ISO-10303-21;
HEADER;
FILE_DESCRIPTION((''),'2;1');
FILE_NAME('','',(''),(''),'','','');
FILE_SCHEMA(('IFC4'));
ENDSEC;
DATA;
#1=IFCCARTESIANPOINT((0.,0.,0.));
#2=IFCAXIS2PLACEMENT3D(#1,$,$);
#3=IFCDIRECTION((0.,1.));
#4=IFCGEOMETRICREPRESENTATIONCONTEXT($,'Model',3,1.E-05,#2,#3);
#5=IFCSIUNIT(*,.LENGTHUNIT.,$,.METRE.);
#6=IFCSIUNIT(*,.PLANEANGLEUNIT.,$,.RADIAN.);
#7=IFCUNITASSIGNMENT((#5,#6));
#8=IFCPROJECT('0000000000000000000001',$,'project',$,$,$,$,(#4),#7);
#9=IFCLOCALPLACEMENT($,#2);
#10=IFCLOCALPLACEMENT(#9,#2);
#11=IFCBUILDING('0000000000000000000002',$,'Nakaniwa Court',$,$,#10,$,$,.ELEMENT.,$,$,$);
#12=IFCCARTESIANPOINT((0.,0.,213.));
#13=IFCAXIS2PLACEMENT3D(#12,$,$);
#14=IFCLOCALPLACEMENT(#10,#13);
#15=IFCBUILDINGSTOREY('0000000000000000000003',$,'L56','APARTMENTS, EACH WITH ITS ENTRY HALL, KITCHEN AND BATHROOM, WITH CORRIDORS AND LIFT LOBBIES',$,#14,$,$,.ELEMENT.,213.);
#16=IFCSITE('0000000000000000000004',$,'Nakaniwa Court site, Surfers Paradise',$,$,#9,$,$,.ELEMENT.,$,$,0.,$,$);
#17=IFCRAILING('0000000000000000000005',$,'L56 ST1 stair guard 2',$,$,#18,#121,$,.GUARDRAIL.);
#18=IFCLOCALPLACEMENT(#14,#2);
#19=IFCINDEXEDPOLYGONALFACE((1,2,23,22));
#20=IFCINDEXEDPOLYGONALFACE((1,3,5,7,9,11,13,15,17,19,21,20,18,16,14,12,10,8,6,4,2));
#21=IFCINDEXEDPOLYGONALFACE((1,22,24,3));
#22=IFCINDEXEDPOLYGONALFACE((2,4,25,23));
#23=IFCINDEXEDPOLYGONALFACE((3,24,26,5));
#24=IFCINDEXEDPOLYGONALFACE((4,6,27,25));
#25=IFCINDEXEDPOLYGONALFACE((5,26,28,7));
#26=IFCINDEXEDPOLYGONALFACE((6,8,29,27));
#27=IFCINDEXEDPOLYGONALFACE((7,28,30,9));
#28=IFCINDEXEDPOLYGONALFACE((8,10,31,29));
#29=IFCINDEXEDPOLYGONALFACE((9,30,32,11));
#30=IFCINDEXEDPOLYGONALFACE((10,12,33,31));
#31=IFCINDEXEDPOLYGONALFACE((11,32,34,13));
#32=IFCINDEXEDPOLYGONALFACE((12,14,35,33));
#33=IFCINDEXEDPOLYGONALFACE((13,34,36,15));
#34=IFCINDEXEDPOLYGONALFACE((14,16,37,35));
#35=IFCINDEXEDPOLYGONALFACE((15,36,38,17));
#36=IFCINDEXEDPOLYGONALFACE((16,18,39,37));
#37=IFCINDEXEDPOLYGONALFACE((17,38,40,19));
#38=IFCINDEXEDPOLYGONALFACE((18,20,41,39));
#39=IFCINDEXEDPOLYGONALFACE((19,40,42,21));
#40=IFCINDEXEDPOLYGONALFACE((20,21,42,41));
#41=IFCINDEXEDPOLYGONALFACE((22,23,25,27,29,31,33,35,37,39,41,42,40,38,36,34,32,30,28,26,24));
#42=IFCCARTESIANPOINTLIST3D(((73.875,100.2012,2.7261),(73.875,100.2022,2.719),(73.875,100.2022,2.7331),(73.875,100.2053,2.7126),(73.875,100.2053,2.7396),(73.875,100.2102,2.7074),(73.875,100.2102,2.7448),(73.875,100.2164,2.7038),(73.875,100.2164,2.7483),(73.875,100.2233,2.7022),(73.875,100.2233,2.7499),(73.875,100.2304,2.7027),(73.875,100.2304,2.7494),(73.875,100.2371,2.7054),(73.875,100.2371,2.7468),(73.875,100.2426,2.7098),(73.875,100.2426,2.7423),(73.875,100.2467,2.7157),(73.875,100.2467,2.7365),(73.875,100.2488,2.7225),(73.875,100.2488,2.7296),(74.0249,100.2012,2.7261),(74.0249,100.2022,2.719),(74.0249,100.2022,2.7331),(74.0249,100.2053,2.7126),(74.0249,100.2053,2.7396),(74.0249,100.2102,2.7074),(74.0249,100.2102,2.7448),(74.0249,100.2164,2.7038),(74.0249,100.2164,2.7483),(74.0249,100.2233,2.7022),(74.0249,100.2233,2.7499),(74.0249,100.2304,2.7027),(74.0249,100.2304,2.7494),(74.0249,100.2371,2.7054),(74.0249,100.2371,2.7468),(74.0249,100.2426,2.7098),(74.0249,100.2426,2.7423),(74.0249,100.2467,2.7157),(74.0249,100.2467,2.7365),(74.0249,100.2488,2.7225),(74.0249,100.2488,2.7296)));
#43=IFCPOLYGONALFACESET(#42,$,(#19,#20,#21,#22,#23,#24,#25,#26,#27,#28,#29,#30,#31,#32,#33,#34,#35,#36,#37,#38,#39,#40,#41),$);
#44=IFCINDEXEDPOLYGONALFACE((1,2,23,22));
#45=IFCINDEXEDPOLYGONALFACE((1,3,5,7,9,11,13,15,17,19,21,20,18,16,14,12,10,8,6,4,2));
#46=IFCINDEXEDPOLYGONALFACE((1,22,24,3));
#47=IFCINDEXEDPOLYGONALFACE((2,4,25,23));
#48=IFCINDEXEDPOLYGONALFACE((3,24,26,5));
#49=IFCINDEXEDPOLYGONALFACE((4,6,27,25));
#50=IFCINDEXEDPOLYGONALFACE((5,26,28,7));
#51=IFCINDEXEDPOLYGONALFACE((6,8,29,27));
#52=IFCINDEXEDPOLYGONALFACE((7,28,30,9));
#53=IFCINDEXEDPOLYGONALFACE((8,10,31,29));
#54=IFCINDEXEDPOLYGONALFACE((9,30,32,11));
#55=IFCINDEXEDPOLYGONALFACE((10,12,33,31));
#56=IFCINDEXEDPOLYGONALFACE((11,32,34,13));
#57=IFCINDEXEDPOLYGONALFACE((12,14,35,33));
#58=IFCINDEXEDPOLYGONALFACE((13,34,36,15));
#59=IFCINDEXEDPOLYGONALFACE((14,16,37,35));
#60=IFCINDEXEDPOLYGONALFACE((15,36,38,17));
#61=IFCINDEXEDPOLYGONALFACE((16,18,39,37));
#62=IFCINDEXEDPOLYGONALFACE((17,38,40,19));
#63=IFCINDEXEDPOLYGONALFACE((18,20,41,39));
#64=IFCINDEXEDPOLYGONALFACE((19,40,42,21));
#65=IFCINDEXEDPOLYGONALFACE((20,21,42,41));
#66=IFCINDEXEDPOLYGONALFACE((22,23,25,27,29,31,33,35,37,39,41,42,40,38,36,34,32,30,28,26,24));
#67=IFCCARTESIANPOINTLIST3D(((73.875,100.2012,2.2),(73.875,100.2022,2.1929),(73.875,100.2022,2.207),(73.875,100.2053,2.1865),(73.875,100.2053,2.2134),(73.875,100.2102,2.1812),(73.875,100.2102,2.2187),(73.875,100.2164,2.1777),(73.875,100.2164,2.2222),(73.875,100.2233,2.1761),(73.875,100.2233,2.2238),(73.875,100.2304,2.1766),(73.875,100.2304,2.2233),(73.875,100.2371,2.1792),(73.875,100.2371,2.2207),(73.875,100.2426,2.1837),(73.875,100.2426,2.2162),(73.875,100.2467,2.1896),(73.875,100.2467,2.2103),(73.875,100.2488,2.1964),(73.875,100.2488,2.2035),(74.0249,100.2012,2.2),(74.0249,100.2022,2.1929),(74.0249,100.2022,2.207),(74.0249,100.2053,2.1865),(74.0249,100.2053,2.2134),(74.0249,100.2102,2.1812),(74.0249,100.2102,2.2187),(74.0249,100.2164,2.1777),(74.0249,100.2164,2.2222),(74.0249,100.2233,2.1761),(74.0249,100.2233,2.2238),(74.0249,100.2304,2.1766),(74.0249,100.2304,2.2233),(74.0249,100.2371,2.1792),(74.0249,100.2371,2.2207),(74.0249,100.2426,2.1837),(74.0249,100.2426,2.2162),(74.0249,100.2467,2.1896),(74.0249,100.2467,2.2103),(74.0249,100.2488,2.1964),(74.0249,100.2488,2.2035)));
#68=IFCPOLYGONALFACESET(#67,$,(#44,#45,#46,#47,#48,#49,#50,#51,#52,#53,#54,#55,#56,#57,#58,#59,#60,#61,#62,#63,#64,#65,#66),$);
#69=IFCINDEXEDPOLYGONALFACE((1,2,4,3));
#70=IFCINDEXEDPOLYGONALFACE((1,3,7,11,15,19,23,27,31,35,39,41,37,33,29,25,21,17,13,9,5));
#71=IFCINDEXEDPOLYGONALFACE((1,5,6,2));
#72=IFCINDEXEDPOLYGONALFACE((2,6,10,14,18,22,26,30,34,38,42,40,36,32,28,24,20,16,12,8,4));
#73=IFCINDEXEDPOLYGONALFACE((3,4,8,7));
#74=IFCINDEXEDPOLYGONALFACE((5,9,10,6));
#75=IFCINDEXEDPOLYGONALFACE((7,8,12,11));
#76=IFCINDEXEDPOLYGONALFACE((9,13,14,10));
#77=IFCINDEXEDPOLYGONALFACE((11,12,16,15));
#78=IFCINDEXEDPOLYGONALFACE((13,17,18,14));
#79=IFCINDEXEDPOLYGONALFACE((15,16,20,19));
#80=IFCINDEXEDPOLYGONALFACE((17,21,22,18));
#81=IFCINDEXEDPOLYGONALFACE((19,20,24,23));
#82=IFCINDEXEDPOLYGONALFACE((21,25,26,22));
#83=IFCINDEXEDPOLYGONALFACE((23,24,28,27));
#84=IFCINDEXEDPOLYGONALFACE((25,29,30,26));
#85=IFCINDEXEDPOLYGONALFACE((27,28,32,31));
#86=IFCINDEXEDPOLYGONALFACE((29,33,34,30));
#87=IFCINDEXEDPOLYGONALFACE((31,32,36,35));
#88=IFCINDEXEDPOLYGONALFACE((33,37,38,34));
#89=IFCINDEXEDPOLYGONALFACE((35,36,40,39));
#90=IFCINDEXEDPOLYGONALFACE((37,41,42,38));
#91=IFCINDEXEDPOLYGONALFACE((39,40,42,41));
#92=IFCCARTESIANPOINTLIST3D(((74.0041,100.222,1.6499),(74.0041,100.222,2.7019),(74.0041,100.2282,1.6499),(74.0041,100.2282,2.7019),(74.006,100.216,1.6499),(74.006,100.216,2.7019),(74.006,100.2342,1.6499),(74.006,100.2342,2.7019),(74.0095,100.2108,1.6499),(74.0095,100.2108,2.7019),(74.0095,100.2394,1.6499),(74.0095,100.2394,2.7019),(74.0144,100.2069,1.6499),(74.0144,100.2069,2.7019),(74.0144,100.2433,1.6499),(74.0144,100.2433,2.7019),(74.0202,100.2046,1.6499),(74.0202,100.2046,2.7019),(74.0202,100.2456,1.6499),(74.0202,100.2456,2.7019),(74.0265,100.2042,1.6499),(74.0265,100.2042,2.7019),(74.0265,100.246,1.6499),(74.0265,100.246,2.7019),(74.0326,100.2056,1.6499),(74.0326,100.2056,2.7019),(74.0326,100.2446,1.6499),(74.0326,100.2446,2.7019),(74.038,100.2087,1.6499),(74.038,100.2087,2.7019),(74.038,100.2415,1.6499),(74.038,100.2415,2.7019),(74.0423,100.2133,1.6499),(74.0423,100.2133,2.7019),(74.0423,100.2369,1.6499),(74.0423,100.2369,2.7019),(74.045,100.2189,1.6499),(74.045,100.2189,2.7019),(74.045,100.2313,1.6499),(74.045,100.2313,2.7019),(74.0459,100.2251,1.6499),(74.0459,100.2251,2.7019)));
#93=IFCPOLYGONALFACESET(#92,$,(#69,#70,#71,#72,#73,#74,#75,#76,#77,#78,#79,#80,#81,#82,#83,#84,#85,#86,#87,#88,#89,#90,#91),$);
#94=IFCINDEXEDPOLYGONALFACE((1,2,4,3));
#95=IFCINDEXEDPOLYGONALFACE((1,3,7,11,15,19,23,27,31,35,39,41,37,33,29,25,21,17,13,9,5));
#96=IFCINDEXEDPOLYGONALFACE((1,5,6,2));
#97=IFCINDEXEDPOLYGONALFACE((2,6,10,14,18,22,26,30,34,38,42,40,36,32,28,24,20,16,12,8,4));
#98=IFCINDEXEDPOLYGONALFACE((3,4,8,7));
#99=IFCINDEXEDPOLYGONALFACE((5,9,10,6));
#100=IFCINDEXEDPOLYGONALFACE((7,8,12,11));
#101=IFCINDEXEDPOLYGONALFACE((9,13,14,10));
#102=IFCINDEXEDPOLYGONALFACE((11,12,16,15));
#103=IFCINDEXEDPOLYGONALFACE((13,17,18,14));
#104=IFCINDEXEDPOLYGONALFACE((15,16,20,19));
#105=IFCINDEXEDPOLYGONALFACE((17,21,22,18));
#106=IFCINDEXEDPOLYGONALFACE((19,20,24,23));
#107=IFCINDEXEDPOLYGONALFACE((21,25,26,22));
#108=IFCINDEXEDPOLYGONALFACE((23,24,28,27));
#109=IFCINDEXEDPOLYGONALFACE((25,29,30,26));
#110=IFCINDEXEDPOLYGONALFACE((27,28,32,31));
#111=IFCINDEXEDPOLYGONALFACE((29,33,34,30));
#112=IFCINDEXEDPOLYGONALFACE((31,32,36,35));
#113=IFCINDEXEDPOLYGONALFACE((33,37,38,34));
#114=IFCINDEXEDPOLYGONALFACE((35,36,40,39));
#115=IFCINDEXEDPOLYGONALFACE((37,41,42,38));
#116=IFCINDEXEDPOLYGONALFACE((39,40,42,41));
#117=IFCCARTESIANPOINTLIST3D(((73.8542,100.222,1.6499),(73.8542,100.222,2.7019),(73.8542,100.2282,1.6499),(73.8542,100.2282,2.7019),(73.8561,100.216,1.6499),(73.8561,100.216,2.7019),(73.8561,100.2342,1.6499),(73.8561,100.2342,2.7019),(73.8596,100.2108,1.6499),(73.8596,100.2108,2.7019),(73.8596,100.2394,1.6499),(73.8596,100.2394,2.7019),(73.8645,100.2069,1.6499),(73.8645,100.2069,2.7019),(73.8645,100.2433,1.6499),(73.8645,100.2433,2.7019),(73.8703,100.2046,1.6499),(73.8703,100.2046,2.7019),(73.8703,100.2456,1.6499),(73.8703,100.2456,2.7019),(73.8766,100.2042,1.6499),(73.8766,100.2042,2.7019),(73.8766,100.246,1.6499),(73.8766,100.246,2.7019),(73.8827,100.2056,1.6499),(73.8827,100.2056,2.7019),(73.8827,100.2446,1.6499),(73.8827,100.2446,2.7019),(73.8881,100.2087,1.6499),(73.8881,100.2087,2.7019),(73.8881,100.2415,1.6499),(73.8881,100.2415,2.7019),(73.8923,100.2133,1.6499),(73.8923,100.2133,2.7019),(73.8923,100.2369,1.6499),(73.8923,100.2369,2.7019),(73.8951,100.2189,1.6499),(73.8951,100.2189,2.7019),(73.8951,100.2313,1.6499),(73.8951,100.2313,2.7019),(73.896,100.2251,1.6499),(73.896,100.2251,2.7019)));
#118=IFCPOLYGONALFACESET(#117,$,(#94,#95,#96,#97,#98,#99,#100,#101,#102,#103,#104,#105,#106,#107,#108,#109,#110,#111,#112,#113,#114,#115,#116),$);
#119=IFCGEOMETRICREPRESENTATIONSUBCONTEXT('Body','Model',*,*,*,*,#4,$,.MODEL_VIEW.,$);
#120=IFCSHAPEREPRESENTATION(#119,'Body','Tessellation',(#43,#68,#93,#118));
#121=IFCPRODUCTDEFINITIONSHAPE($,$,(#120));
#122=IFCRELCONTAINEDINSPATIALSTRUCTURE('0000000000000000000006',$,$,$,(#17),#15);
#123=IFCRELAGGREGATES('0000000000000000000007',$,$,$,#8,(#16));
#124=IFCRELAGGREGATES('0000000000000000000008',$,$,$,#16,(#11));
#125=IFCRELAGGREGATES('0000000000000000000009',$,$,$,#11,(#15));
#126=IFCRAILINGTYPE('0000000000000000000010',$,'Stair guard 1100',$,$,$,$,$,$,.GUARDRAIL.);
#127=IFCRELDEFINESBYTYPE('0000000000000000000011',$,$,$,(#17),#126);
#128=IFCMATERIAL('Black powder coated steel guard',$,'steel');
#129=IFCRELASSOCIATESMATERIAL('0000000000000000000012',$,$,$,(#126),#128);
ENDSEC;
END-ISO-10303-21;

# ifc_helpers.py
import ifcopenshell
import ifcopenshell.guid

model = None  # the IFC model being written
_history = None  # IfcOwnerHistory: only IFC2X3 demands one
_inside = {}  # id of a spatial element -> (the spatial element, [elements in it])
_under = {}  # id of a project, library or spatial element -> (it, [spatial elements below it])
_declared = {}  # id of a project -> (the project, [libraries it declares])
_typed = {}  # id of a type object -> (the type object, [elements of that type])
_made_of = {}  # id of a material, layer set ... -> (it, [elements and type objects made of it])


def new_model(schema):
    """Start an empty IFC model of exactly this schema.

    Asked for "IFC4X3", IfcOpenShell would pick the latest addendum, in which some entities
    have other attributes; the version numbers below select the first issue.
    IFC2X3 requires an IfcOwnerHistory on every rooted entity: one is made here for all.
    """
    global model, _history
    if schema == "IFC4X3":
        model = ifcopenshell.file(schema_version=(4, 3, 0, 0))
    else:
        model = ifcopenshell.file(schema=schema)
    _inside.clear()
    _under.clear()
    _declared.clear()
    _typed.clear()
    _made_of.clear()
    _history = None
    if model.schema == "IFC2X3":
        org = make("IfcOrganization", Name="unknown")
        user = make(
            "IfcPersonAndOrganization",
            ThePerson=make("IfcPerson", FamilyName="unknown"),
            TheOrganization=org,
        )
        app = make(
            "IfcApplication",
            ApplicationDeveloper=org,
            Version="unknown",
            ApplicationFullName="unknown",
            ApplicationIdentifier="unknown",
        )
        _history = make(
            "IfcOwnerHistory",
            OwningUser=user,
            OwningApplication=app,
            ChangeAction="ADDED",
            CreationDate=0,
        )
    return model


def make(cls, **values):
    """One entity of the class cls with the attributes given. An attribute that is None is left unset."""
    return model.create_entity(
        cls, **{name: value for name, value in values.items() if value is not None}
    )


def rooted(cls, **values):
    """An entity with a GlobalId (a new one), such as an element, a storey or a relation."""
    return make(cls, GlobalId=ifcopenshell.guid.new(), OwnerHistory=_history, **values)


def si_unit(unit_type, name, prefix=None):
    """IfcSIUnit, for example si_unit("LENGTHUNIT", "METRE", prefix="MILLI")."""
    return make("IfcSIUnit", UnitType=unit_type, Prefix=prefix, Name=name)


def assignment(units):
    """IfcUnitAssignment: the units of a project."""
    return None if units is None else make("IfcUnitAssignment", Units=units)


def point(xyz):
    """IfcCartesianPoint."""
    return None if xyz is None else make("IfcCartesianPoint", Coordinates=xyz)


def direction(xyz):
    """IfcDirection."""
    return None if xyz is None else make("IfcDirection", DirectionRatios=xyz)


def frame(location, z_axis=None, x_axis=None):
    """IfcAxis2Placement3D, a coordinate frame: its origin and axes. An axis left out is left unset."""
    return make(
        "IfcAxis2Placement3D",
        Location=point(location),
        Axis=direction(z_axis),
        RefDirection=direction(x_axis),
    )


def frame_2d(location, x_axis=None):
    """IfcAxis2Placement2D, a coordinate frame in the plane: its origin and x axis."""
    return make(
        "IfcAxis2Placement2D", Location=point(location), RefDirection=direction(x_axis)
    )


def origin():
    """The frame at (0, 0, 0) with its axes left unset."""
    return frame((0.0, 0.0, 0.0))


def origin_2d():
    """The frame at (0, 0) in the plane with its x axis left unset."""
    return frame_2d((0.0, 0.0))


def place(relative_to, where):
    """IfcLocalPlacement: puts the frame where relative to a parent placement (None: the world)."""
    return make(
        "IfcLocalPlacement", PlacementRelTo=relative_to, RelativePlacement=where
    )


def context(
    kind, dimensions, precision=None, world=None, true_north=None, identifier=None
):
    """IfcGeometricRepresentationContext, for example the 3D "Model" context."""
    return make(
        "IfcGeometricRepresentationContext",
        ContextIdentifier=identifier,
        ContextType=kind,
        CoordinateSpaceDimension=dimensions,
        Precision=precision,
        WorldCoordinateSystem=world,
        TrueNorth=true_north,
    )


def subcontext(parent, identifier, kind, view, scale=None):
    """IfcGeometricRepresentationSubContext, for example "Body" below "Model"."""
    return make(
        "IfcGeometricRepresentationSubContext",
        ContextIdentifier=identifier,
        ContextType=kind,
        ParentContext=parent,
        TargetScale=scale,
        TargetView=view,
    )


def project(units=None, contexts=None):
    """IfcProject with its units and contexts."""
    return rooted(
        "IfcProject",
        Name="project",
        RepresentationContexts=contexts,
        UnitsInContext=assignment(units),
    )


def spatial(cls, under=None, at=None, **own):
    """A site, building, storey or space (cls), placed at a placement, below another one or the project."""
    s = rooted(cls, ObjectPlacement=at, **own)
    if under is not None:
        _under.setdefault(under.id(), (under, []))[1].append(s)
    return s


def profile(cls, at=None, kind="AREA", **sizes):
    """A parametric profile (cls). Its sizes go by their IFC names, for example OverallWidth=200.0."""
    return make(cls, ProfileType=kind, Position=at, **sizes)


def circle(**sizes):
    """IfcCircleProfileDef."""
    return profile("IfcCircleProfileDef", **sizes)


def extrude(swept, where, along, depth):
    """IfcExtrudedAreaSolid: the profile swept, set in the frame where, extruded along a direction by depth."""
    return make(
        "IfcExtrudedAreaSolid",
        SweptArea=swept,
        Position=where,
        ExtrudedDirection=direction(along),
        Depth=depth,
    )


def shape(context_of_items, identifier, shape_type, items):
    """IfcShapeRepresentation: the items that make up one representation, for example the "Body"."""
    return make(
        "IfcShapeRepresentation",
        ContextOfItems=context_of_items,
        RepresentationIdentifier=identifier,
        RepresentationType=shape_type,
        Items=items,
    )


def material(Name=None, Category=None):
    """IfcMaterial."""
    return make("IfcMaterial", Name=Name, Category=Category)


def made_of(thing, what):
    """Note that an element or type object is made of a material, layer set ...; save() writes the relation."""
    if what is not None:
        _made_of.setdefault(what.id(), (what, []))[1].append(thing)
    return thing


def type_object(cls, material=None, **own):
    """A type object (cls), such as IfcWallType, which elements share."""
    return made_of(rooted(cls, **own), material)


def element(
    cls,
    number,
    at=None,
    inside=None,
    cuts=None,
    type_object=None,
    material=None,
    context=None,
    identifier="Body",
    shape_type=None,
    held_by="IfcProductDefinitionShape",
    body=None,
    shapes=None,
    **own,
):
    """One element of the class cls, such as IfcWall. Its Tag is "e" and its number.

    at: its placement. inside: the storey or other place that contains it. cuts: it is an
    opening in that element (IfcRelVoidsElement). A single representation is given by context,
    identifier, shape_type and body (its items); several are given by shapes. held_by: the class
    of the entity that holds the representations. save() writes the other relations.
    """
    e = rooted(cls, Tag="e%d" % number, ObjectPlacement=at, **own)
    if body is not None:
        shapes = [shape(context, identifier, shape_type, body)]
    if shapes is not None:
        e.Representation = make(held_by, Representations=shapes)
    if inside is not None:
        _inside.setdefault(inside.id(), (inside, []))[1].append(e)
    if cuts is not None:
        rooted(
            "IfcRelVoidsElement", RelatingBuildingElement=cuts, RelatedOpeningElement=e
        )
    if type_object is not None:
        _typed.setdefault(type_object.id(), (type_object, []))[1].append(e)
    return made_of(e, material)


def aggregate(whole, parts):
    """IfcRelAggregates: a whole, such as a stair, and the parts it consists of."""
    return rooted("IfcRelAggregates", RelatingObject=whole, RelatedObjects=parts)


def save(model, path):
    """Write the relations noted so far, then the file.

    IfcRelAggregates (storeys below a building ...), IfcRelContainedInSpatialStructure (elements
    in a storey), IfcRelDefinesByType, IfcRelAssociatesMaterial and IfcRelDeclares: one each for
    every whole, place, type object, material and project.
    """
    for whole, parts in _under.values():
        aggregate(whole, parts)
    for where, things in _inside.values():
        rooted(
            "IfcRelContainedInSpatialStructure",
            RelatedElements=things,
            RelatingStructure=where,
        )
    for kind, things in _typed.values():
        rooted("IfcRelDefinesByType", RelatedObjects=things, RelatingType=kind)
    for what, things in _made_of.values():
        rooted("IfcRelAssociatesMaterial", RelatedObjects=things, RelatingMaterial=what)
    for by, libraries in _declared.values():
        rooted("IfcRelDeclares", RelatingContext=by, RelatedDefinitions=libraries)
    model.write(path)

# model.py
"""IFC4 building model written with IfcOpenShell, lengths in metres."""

from ifc_helpers import new_model, si_unit, direction, frame, origin, origin_2d, place, context, subcontext, project, spatial, circle, extrude, material, type_object, element, save


model = new_model("IFC4")

# Units and contexts
model_context = context("Model", 3, precision=1e-05, world=origin(), true_north=direction((0.0, 1.0)))
body_context = subcontext(model_context, "Body", "Model", "MODEL_VIEW")
ifc_project = project(units=[si_unit("LENGTHUNIT", "METRE"), si_unit("PLANEANGLEUNIT", "RADIAN")], contexts=[model_context])

# Site, building, storey
site_placement = place(None, origin())
site = spatial("IfcSite", under=ifc_project, at=site_placement, Name="Nakaniwa Court site, Surfers Paradise", CompositionType="ELEMENT", RefElevation=0.0)
building_placement = place(site_placement, origin())
building = spatial("IfcBuilding", under=site, at=building_placement, Name="Nakaniwa Court", CompositionType="ELEMENT")
storey_placement = place(building_placement, frame((0.0, 0.0, 213.0)))
storey = spatial("IfcBuildingStorey", under=building, at=storey_placement, Name="L56", Description="APARTMENTS, EACH WITH ITS ENTRY HALL, KITCHEN AND BATHROOM, WITH CORRIDORS AND LIFT LOBBIES", CompositionType="ELEMENT", Elevation=213.0)

# Railing
ifc_material_1 = material(Name="Black powder coated steel guard", Category="steel")
railing_type_1 = type_object("IfcRailingType", Name="Stair guard 1100", PredefinedType="GUARDRAIL", material=ifc_material_1)
railing_1_placement = place(storey_placement, frame((74.0249, 100.2251, 1.6499)))
element("IfcRailing", 1, at=railing_1_placement, inside=storey, type_object=railing_type_1, Name="L56 ST1 stair guard 2", PredefinedType="GUARDRAIL", context=body_context, shape_type="SweptSolid", body=[
    extrude(circle(Radius=0.0239, at=origin_2d()), frame((0.0, 0.0, 1.0762), z_axis=(-1.0, 0.0, 0.0), x_axis=(0.0, -1.0, 0.0)), (0.0, 0.0, 1.0), 0.1499),
    extrude(circle(Radius=0.0239, at=origin_2d()), frame((0.0, 0.0, 0.55), z_axis=(-1.0, 0.0, 0.0), x_axis=(0.0, -1.0, 0.0)), (0.0, 0.0, 1.0), 0.1499),
    extrude(circle(Radius=0.021, at=origin_2d()), origin(), (0.0, 0.0, 1.0), 1.052),
    extrude(circle(Radius=0.021, at=origin_2d()), frame((-0.1499, 0.0, 0.0)), (0.0, 0.0, 1.0), 1.052),
])

save(model, "model.ifc")
